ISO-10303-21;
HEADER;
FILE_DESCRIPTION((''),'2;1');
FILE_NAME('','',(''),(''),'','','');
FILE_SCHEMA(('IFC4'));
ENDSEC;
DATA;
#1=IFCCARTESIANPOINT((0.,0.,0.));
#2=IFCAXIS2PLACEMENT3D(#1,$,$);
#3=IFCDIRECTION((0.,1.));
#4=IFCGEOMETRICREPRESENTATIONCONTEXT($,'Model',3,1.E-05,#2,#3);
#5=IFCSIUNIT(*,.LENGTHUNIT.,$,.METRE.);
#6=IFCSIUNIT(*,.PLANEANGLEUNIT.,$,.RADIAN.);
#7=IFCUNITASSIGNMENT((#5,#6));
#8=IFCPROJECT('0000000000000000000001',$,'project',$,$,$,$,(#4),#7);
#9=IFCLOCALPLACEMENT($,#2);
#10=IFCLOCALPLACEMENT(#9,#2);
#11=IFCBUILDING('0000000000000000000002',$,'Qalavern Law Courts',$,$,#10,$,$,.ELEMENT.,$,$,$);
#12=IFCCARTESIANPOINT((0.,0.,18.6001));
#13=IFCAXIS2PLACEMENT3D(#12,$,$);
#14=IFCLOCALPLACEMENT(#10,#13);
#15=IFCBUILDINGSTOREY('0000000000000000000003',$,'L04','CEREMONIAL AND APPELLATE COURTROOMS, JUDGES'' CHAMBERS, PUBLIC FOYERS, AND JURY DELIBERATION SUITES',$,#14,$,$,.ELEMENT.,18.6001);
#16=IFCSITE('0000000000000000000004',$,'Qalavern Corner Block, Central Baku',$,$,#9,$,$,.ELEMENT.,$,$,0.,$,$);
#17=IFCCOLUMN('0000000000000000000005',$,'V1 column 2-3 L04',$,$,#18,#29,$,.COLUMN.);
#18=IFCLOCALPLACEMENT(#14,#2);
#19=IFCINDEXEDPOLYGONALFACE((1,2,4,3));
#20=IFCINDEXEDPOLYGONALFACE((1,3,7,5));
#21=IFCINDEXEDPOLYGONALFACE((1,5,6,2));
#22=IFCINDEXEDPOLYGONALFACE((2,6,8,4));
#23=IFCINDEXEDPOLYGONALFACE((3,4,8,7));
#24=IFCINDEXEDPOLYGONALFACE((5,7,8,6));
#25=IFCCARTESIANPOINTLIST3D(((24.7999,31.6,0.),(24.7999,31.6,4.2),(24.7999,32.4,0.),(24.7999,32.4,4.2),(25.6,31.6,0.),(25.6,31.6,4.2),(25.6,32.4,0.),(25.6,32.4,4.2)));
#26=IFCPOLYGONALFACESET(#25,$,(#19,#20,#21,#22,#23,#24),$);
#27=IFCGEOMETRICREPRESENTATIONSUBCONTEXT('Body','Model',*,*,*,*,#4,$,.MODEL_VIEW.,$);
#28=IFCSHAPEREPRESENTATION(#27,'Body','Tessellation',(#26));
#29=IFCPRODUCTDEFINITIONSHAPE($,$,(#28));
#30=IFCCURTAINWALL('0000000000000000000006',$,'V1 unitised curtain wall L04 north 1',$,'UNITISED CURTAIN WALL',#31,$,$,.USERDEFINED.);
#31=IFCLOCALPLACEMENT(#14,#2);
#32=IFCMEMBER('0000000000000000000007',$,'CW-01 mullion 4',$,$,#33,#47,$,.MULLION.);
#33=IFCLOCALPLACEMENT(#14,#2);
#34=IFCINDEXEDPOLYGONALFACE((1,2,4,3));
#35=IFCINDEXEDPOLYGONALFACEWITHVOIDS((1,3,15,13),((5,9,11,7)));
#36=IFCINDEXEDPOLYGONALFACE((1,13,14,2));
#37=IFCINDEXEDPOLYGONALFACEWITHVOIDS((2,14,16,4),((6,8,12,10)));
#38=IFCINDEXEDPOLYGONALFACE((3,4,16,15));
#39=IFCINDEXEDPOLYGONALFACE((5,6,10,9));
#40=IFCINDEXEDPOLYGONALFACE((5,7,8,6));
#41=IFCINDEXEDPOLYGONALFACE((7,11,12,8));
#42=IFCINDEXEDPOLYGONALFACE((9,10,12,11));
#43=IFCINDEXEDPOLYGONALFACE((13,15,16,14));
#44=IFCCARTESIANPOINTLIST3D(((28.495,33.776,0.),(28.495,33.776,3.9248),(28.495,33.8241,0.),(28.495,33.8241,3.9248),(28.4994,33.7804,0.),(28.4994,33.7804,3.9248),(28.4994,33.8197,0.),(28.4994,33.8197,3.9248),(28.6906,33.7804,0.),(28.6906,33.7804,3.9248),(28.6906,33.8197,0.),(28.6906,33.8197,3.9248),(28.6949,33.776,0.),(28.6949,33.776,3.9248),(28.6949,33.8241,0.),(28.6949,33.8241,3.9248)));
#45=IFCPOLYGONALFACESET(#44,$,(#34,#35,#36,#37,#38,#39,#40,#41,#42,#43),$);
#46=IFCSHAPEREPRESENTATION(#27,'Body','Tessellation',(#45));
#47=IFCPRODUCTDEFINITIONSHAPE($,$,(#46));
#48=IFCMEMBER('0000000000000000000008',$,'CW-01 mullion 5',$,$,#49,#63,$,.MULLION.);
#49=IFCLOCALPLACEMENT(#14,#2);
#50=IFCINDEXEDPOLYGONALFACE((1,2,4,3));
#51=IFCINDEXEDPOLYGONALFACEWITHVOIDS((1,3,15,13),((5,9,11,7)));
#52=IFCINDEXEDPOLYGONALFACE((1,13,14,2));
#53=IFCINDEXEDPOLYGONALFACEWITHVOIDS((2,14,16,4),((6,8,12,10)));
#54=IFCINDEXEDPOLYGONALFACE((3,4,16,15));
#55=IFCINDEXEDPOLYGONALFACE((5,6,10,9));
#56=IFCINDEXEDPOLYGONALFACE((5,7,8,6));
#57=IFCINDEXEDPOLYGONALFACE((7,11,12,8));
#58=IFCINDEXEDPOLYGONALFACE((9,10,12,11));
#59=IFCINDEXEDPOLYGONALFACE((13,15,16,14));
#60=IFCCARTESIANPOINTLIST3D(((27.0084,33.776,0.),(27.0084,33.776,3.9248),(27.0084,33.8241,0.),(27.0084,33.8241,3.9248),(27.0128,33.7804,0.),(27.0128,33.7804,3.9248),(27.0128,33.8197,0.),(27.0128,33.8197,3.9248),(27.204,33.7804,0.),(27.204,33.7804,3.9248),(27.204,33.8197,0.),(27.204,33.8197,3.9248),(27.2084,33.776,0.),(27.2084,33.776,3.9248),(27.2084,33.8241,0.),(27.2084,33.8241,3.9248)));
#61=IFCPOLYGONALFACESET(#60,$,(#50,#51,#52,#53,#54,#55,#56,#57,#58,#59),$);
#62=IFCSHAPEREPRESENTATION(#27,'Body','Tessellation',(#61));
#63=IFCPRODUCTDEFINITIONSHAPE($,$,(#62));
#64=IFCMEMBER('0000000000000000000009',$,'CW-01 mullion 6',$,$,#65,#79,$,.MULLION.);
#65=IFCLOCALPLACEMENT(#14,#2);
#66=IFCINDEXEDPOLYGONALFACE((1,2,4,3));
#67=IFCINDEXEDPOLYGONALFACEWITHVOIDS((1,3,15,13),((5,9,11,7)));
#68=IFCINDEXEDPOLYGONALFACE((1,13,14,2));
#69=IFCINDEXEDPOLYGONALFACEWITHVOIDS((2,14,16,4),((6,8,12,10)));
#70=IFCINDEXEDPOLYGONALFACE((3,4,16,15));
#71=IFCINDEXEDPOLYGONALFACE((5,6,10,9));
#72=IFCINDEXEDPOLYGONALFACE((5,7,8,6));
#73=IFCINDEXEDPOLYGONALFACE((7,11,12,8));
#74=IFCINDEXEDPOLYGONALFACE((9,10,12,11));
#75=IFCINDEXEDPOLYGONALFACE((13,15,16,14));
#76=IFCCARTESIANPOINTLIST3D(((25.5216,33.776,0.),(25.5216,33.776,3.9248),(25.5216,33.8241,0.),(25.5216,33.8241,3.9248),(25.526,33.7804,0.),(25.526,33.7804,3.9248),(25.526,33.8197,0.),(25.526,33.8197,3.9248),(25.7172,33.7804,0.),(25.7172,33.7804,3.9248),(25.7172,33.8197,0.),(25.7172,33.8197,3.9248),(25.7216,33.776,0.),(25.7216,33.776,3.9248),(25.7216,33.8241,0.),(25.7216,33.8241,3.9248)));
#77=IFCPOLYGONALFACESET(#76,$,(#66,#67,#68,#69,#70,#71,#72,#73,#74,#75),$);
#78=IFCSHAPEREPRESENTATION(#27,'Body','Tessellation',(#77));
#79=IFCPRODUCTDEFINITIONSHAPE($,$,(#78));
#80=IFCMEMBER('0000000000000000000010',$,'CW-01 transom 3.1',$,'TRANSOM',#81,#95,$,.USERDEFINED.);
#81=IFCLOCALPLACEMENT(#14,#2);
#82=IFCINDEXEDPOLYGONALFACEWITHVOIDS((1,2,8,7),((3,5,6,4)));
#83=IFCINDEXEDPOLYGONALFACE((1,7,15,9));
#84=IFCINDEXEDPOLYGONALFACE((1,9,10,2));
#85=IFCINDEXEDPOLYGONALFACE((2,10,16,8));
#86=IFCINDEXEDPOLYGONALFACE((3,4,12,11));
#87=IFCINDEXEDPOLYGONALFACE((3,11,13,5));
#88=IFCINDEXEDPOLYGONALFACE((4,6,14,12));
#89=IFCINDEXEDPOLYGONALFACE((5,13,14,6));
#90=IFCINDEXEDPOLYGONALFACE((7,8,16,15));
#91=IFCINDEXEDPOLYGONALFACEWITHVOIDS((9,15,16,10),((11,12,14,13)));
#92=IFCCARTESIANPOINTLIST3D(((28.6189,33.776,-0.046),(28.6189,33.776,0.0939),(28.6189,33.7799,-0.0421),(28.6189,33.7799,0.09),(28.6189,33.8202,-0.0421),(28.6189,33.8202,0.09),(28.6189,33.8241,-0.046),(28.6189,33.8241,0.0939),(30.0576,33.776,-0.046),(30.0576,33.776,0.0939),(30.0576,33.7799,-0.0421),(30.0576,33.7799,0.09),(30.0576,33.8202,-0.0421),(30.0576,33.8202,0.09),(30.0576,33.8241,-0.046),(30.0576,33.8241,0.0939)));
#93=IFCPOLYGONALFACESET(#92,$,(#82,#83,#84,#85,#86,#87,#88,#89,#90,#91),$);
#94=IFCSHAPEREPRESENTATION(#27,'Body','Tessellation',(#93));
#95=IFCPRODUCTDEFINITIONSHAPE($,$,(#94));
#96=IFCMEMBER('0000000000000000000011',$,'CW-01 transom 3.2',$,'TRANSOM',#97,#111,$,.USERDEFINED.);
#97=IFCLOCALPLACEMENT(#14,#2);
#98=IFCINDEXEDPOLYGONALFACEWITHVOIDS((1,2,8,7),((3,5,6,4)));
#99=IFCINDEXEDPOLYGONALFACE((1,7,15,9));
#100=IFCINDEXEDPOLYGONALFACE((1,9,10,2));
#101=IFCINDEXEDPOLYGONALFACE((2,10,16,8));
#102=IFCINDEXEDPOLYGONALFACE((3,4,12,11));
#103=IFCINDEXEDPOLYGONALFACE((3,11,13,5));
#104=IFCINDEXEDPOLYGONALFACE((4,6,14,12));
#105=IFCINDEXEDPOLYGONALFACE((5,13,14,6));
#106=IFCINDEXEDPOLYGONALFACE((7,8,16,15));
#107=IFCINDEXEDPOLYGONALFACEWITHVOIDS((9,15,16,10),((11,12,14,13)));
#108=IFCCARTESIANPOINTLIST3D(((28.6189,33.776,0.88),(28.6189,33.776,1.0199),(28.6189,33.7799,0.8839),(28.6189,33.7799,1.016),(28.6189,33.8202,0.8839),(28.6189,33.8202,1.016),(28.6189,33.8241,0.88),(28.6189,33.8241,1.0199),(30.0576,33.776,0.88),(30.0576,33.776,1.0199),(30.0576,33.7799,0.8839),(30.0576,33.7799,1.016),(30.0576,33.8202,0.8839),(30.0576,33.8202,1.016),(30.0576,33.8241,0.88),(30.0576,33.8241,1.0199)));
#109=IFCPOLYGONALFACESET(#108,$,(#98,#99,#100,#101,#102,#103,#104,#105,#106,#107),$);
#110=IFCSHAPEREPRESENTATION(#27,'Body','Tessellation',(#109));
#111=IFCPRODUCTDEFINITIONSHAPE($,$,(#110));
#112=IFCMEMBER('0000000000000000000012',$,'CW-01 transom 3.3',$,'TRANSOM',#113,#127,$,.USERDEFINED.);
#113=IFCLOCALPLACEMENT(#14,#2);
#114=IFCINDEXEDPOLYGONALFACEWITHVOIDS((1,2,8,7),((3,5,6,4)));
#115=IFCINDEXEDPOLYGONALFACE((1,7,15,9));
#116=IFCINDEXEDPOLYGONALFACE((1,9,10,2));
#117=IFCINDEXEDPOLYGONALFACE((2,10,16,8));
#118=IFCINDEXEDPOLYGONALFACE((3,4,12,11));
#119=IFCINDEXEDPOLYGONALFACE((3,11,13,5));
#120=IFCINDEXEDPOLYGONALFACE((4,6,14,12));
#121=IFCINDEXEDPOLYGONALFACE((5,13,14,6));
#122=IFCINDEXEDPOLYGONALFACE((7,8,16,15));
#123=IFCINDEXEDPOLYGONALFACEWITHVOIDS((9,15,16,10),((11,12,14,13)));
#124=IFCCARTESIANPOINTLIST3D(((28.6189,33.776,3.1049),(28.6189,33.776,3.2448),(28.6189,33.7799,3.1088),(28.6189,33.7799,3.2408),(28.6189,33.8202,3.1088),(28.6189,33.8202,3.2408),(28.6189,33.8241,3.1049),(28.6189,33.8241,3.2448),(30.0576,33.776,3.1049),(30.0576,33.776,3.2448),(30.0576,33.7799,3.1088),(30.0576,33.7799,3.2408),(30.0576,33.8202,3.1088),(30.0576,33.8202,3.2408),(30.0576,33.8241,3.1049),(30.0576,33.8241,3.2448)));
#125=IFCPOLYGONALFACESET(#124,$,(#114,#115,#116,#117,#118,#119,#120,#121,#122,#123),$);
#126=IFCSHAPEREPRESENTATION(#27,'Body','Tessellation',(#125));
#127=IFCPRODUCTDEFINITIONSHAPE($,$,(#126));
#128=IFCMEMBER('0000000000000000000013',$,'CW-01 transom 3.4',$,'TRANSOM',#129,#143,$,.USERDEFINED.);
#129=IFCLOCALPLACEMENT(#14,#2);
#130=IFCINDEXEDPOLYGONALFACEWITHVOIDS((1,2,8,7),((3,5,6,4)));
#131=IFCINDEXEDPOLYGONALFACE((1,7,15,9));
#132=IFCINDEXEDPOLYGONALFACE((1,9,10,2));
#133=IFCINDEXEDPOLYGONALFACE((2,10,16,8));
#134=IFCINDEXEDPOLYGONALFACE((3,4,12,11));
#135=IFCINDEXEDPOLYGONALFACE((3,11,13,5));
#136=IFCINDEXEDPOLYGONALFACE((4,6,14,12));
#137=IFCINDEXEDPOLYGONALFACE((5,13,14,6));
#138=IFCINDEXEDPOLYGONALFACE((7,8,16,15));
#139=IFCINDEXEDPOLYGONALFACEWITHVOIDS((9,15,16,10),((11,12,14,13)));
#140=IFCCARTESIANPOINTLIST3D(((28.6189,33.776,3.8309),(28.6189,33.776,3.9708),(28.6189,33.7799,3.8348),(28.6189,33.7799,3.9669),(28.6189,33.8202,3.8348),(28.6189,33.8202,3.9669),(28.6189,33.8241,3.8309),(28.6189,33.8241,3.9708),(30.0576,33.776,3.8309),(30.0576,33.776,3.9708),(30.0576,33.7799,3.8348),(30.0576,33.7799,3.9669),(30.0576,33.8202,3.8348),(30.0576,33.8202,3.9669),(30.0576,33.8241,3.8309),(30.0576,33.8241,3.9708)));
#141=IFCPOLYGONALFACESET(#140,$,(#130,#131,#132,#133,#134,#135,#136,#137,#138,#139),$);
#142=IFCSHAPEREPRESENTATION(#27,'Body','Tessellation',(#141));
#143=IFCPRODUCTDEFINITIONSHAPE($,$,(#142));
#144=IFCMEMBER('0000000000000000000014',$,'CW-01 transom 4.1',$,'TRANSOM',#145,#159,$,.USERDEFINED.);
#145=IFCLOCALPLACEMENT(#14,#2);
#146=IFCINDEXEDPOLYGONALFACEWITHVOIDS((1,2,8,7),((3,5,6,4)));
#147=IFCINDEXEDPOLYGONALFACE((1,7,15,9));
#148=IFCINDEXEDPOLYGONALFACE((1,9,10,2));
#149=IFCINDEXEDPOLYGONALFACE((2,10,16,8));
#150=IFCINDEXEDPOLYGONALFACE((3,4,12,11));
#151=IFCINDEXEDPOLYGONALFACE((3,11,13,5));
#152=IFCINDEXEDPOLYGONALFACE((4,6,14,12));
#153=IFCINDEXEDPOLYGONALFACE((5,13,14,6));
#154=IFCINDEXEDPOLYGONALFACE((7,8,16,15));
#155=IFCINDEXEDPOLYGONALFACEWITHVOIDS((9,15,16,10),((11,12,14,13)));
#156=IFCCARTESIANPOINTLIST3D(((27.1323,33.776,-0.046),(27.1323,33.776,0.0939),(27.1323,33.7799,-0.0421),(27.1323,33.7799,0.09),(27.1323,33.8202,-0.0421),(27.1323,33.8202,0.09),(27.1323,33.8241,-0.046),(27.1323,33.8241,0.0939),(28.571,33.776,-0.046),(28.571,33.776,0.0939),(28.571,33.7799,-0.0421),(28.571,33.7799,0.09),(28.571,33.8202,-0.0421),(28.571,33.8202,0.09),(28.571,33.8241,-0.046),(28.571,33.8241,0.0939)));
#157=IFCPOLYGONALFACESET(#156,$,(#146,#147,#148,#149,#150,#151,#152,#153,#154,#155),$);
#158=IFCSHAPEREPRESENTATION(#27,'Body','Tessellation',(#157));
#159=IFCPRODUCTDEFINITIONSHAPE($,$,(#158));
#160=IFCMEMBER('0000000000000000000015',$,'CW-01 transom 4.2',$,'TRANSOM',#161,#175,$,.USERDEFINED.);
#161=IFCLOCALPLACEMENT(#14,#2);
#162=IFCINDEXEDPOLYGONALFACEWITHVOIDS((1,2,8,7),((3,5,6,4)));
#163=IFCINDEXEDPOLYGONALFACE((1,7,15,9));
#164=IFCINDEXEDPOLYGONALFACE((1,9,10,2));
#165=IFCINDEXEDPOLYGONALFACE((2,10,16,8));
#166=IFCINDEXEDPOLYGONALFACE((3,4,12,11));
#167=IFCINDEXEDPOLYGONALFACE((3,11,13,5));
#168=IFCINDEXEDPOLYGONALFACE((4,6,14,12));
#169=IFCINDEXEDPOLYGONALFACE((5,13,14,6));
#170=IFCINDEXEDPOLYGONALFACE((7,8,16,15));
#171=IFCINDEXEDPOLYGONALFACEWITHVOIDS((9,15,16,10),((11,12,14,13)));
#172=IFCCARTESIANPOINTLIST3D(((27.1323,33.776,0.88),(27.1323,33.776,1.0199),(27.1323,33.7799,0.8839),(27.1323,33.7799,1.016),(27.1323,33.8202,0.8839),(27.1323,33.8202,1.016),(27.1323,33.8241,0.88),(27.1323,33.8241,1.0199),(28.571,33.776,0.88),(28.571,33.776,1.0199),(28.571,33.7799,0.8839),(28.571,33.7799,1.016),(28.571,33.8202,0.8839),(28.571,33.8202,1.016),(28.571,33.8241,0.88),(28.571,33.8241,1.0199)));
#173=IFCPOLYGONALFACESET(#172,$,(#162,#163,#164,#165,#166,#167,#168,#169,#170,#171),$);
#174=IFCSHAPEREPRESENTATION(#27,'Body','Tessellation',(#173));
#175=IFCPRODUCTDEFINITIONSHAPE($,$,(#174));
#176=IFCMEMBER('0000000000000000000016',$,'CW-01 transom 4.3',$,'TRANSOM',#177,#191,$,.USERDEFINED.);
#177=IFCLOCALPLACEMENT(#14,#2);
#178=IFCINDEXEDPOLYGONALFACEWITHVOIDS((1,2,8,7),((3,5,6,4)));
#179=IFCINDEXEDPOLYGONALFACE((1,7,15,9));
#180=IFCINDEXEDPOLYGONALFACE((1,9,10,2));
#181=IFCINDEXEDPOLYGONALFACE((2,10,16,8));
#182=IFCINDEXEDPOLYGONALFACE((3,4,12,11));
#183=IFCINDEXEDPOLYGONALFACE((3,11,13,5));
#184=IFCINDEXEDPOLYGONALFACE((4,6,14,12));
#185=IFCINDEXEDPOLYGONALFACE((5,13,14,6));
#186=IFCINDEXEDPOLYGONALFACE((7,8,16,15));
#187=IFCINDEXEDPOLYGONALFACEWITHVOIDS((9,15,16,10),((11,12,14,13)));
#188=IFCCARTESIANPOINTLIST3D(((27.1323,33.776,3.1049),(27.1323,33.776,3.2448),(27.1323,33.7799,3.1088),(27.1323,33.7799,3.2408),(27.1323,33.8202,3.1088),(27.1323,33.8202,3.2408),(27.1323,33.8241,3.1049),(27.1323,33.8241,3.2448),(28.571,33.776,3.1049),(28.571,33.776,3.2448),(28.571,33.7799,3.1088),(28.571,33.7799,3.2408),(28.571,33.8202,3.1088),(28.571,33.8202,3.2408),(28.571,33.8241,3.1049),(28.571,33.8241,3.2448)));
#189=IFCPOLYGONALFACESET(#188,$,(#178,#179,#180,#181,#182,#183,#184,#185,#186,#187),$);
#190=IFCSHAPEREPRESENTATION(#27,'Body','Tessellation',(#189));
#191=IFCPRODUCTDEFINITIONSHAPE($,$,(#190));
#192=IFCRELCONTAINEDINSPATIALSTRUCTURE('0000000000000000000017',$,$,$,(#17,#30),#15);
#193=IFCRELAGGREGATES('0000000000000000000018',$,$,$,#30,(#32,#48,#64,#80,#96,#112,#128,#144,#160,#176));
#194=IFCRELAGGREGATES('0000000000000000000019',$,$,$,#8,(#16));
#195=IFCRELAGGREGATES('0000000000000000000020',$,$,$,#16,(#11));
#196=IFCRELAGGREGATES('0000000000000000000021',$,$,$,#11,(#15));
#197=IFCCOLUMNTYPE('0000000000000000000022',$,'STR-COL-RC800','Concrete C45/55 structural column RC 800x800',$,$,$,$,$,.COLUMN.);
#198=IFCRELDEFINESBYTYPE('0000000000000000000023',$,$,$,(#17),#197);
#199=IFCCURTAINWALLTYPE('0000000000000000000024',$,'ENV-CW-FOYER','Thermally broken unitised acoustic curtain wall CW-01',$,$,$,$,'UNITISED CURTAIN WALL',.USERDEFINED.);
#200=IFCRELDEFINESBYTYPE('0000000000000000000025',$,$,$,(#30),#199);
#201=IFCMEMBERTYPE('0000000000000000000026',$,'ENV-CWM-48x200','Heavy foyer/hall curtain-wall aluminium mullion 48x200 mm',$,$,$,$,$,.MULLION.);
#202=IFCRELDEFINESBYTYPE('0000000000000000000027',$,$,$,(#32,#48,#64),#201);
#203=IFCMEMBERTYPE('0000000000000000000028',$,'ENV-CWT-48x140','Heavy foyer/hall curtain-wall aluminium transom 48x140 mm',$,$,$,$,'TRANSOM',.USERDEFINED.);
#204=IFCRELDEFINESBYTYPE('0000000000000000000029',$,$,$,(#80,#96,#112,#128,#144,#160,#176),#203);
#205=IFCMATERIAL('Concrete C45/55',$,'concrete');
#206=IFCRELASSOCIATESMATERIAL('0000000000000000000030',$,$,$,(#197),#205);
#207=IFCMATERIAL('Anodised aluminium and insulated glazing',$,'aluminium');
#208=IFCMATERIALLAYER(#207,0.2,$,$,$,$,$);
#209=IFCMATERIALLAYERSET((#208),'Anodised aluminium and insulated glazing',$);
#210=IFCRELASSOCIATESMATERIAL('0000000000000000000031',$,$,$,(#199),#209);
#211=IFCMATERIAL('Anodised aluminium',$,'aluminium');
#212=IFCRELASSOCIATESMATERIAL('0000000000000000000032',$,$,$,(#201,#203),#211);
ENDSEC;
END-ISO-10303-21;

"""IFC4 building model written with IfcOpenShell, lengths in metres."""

from ifc_helpers import new_model, si_unit, direction, frame, origin, origin_2d, place, context, subcontext, project, spatial, rectangle, hollow_rectangle, extrude, material, layer, layer_set, material_profile, profile_set, type_object, element, aggregate, save


model = new_model("IFC4")

# Units and contexts
model_context = context("Model", 3, precision=1e-05, world=origin(), true_north=direction((0.0, 1.0)))
body_context = subcontext(model_context, "Body", "Model", "MODEL_VIEW")
ifc_project = project(units=[si_unit("LENGTHUNIT", "METRE"), si_unit("PLANEANGLEUNIT", "RADIAN")], contexts=[model_context])

# Site, building, storey
site_placement = place(None, origin())
site = spatial("IfcSite", under=ifc_project, at=site_placement, Name="Qalavern Corner Block, Central Baku", CompositionType="ELEMENT", RefElevation=0.0)
building_placement = place(site_placement, origin())
building = spatial("IfcBuilding", under=site, at=building_placement, Name="Qalavern Law Courts", CompositionType="ELEMENT")
storey_placement = place(building_placement, frame((0.0, 0.0, 18.6001)))
storey = spatial("IfcBuildingStorey", under=building, at=storey_placement, Name="L04", Description="CEREMONIAL AND APPELLATE COURTROOMS, JUDGES' CHAMBERS, PUBLIC FOYERS, AND JURY DELIBERATION SUITES", CompositionType="ELEMENT", Elevation=18.6001)

# Column
ifc_material_1 = material(Name="Concrete C45/55", Category="concrete")
ifc_material_profile_1 = material_profile(ifc_material_1, rectangle(XDim=0.8, YDim=0.8, at=origin_2d()), Name="RC 800x800")
ifc_profile_set_1 = profile_set([ifc_material_profile_1], Name="Concrete C45/55")
column_type = type_object("IfcColumnType", Name="STR-COL-RC800", Description="Concrete C45/55 structural column RC 800x800", PredefinedType="COLUMN", material=ifc_profile_set_1)
column_placement = place(storey_placement, frame((25.2, 32.0, 0.0), z_axis=(0.0, 0.0, 1.0), x_axis=(1.0, 0.0, 0.0)))
element("IfcColumn", 1, at=column_placement, inside=storey, type_object=column_type, Name="V1 column 2-3 L04", PredefinedType="COLUMN", context=body_context, shape_type="SweptSolid", body=[
    extrude(rectangle(XDim=0.8, YDim=0.8, at=origin_2d()), origin(), (0.0, 0.0, 1.0), 4.2),
])

# Curtain wall, members
ifc_material_2 = material(Name="Anodised aluminium and insulated glazing", Category="aluminium")
ifc_layer_1 = layer(ifc_material_2, 0.2)
ifc_layer_set_1 = layer_set([ifc_layer_1], Name="Anodised aluminium and insulated glazing")
curtain_wall_type = type_object("IfcCurtainWallType", Name="ENV-CW-FOYER", Description="Thermally broken unitised acoustic curtain wall CW-01", ElementType="UNITISED CURTAIN WALL", PredefinedType="USERDEFINED", material=ifc_layer_set_1)
curtain_wall_placement = place(storey_placement, origin())
curtain_wall = element("IfcCurtainWall", 2, at=curtain_wall_placement, inside=storey, type_object=curtain_wall_type, Name="V1 unitised curtain wall L04 north 1", ObjectType="UNITISED CURTAIN WALL", PredefinedType="USERDEFINED")
ifc_material_3 = material(Name="Anodised aluminium", Category="aluminium")
ifc_material_profile_2 = material_profile(ifc_material_3, hollow_rectangle(XDim=0.0481, YDim=0.2, WallThickness=0.0044, at=origin_2d()), Name="ALU MULLION 48x200")
ifc_profile_set_2 = profile_set([ifc_material_profile_2], Name="Anodised aluminium")
member_type_1 = type_object("IfcMemberType", Name="ENV-CWM-48x200", Description="Heavy foyer/hall curtain-wall aluminium mullion 48x200 mm", PredefinedType="MULLION", material=ifc_profile_set_2)
member_1_placement = place(storey_placement, frame((28.595, 33.8, 0.0), z_axis=(0.0, 0.0, 1.0), x_axis=(0.0, -1.0, 0.0)))
member_1 = element("IfcMember", 3, at=member_1_placement, type_object=member_type_1, Name="CW-01 mullion 4", PredefinedType="MULLION", context=body_context, shape_type="SweptSolid", body=[
    extrude(hollow_rectangle(XDim=0.0481, YDim=0.2, WallThickness=0.0044, at=origin_2d()), origin(), (0.0, 0.0, 1.0), 3.9248),
])
member_2_placement = place(storey_placement, frame((27.1084, 33.8, 0.0), z_axis=(0.0, 0.0, 1.0), x_axis=(0.0, -1.0, 0.0)))
member_2 = element("IfcMember", 4, at=member_2_placement, type_object=member_type_1, Name="CW-01 mullion 5", PredefinedType="MULLION", context=body_context, shape_type="SweptSolid", body=[
    extrude(hollow_rectangle(XDim=0.0481, YDim=0.2, WallThickness=0.0044, at=origin_2d()), origin(), (0.0, 0.0, 1.0), 3.9248),
])
member_3_placement = place(storey_placement, frame((25.6216, 33.8, 0.0), z_axis=(0.0, 0.0, 1.0), x_axis=(0.0, -1.0, 0.0)))
member_3 = element("IfcMember", 5, at=member_3_placement, type_object=member_type_1, Name="CW-01 mullion 6", PredefinedType="MULLION", context=body_context, shape_type="SweptSolid", body=[
    extrude(hollow_rectangle(XDim=0.0481, YDim=0.2, WallThickness=0.0044, at=origin_2d()), origin(), (0.0, 0.0, 1.0), 3.9248),
])
ifc_material_profile_3 = material_profile(ifc_material_3, hollow_rectangle(XDim=0.0481, YDim=0.1399, WallThickness=0.0039, at=origin_2d()), Name="ALU TRANSOM 48x140")
ifc_profile_set_3 = profile_set([ifc_material_profile_3], Name="Anodised aluminium")
member_type_2 = type_object("IfcMemberType", Name="ENV-CWT-48x140", Description="Heavy foyer/hall curtain-wall aluminium transom 48x140 mm", ElementType="TRANSOM", PredefinedType="USERDEFINED", material=ifc_profile_set_3)
member_4_placement = place(storey_placement, frame((30.0576, 33.8, 0.0239), z_axis=(-1.0, 0.0, 0.0), x_axis=(0.0, -1.0, 0.0)))
member_4 = element("IfcMember", 6, at=member_4_placement, type_object=member_type_2, Name="CW-01 transom 3.1", ObjectType="TRANSOM", PredefinedType="USERDEFINED", context=body_context, shape_type="SweptSolid", body=[
    extrude(hollow_rectangle(XDim=0.0481, YDim=0.1399, WallThickness=0.0039, at=origin_2d()), origin(), (0.0, 0.0, 1.0), 1.4387),
])
member_5_placement = place(storey_placement, frame((30.0576, 33.8, 0.95), z_axis=(-1.0, 0.0, 0.0), x_axis=(0.0, -1.0, 0.0)))
member_5 = element("IfcMember", 7, at=member_5_placement, type_object=member_type_2, Name="CW-01 transom 3.2", ObjectType="TRANSOM", PredefinedType="USERDEFINED", context=body_context, shape_type="SweptSolid", body=[
    extrude(hollow_rectangle(XDim=0.0481, YDim=0.1399, WallThickness=0.0039, at=origin_2d()), origin(), (0.0, 0.0, 1.0), 1.4387),
])
member_6_placement = place(storey_placement, frame((30.0576, 33.8, 3.1748), z_axis=(-1.0, 0.0, 0.0), x_axis=(0.0, -1.0, 0.0)))
member_6 = element("IfcMember", 8, at=member_6_placement, type_object=member_type_2, Name="CW-01 transom 3.3", ObjectType="TRANSOM", PredefinedType="USERDEFINED", context=body_context, shape_type="SweptSolid", body=[
    extrude(hollow_rectangle(XDim=0.0481, YDim=0.1399, WallThickness=0.0039, at=origin_2d()), origin(), (0.0, 0.0, 1.0), 1.4387),
])
member_7_placement = place(storey_placement, frame((30.0576, 33.8, 3.9009), z_axis=(-1.0, 0.0, 0.0), x_axis=(0.0, -1.0, 0.0)))
member_7 = element("IfcMember", 9, at=member_7_placement, type_object=member_type_2, Name="CW-01 transom 3.4", ObjectType="TRANSOM", PredefinedType="USERDEFINED", context=body_context, shape_type="SweptSolid", body=[
    extrude(hollow_rectangle(XDim=0.0481, YDim=0.1399, WallThickness=0.0039, at=origin_2d()), origin(), (0.0, 0.0, 1.0), 1.4387),
])
member_8_placement = place(storey_placement, frame((28.571, 33.8, 0.0239), z_axis=(-1.0, 0.0, 0.0), x_axis=(0.0, -1.0, 0.0)))
member_8 = element("IfcMember", 10, at=member_8_placement, type_object=member_type_2, Name="CW-01 transom 4.1", ObjectType="TRANSOM", PredefinedType="USERDEFINED", context=body_context, shape_type="SweptSolid", body=[
    extrude(hollow_rectangle(XDim=0.0481, YDim=0.1399, WallThickness=0.0039, at=origin_2d()), origin(), (0.0, 0.0, 1.0), 1.4387),
])
member_9_placement = place(storey_placement, frame((28.571, 33.8, 0.95), z_axis=(-1.0, 0.0, 0.0), x_axis=(0.0, -1.0, 0.0)))
member_9 = element("IfcMember", 11, at=member_9_placement, type_object=member_type_2, Name="CW-01 transom 4.2", ObjectType="TRANSOM", PredefinedType="USERDEFINED", context=body_context, shape_type="SweptSolid", body=[
    extrude(hollow_rectangle(XDim=0.0481, YDim=0.1399, WallThickness=0.0039, at=origin_2d()), origin(), (0.0, 0.0, 1.0), 1.4387),
])
member_10_placement = place(storey_placement, frame((28.571, 33.8, 3.1748), z_axis=(-1.0, 0.0, 0.0), x_axis=(0.0, -1.0, 0.0)))
member_10 = element("IfcMember", 12, at=member_10_placement, type_object=member_type_2, Name="CW-01 transom 4.3", ObjectType="TRANSOM", PredefinedType="USERDEFINED", context=body_context, shape_type="SweptSolid", body=[
    extrude(hollow_rectangle(XDim=0.0481, YDim=0.1399, WallThickness=0.0039, at=origin_2d()), origin(), (0.0, 0.0, 1.0), 1.4387),
])

aggregate(curtain_wall, [member_1, member_2, member_3, member_4, member_5, member_6, member_7, member_8, member_9, member_10])

save(model, "model.ifc")
